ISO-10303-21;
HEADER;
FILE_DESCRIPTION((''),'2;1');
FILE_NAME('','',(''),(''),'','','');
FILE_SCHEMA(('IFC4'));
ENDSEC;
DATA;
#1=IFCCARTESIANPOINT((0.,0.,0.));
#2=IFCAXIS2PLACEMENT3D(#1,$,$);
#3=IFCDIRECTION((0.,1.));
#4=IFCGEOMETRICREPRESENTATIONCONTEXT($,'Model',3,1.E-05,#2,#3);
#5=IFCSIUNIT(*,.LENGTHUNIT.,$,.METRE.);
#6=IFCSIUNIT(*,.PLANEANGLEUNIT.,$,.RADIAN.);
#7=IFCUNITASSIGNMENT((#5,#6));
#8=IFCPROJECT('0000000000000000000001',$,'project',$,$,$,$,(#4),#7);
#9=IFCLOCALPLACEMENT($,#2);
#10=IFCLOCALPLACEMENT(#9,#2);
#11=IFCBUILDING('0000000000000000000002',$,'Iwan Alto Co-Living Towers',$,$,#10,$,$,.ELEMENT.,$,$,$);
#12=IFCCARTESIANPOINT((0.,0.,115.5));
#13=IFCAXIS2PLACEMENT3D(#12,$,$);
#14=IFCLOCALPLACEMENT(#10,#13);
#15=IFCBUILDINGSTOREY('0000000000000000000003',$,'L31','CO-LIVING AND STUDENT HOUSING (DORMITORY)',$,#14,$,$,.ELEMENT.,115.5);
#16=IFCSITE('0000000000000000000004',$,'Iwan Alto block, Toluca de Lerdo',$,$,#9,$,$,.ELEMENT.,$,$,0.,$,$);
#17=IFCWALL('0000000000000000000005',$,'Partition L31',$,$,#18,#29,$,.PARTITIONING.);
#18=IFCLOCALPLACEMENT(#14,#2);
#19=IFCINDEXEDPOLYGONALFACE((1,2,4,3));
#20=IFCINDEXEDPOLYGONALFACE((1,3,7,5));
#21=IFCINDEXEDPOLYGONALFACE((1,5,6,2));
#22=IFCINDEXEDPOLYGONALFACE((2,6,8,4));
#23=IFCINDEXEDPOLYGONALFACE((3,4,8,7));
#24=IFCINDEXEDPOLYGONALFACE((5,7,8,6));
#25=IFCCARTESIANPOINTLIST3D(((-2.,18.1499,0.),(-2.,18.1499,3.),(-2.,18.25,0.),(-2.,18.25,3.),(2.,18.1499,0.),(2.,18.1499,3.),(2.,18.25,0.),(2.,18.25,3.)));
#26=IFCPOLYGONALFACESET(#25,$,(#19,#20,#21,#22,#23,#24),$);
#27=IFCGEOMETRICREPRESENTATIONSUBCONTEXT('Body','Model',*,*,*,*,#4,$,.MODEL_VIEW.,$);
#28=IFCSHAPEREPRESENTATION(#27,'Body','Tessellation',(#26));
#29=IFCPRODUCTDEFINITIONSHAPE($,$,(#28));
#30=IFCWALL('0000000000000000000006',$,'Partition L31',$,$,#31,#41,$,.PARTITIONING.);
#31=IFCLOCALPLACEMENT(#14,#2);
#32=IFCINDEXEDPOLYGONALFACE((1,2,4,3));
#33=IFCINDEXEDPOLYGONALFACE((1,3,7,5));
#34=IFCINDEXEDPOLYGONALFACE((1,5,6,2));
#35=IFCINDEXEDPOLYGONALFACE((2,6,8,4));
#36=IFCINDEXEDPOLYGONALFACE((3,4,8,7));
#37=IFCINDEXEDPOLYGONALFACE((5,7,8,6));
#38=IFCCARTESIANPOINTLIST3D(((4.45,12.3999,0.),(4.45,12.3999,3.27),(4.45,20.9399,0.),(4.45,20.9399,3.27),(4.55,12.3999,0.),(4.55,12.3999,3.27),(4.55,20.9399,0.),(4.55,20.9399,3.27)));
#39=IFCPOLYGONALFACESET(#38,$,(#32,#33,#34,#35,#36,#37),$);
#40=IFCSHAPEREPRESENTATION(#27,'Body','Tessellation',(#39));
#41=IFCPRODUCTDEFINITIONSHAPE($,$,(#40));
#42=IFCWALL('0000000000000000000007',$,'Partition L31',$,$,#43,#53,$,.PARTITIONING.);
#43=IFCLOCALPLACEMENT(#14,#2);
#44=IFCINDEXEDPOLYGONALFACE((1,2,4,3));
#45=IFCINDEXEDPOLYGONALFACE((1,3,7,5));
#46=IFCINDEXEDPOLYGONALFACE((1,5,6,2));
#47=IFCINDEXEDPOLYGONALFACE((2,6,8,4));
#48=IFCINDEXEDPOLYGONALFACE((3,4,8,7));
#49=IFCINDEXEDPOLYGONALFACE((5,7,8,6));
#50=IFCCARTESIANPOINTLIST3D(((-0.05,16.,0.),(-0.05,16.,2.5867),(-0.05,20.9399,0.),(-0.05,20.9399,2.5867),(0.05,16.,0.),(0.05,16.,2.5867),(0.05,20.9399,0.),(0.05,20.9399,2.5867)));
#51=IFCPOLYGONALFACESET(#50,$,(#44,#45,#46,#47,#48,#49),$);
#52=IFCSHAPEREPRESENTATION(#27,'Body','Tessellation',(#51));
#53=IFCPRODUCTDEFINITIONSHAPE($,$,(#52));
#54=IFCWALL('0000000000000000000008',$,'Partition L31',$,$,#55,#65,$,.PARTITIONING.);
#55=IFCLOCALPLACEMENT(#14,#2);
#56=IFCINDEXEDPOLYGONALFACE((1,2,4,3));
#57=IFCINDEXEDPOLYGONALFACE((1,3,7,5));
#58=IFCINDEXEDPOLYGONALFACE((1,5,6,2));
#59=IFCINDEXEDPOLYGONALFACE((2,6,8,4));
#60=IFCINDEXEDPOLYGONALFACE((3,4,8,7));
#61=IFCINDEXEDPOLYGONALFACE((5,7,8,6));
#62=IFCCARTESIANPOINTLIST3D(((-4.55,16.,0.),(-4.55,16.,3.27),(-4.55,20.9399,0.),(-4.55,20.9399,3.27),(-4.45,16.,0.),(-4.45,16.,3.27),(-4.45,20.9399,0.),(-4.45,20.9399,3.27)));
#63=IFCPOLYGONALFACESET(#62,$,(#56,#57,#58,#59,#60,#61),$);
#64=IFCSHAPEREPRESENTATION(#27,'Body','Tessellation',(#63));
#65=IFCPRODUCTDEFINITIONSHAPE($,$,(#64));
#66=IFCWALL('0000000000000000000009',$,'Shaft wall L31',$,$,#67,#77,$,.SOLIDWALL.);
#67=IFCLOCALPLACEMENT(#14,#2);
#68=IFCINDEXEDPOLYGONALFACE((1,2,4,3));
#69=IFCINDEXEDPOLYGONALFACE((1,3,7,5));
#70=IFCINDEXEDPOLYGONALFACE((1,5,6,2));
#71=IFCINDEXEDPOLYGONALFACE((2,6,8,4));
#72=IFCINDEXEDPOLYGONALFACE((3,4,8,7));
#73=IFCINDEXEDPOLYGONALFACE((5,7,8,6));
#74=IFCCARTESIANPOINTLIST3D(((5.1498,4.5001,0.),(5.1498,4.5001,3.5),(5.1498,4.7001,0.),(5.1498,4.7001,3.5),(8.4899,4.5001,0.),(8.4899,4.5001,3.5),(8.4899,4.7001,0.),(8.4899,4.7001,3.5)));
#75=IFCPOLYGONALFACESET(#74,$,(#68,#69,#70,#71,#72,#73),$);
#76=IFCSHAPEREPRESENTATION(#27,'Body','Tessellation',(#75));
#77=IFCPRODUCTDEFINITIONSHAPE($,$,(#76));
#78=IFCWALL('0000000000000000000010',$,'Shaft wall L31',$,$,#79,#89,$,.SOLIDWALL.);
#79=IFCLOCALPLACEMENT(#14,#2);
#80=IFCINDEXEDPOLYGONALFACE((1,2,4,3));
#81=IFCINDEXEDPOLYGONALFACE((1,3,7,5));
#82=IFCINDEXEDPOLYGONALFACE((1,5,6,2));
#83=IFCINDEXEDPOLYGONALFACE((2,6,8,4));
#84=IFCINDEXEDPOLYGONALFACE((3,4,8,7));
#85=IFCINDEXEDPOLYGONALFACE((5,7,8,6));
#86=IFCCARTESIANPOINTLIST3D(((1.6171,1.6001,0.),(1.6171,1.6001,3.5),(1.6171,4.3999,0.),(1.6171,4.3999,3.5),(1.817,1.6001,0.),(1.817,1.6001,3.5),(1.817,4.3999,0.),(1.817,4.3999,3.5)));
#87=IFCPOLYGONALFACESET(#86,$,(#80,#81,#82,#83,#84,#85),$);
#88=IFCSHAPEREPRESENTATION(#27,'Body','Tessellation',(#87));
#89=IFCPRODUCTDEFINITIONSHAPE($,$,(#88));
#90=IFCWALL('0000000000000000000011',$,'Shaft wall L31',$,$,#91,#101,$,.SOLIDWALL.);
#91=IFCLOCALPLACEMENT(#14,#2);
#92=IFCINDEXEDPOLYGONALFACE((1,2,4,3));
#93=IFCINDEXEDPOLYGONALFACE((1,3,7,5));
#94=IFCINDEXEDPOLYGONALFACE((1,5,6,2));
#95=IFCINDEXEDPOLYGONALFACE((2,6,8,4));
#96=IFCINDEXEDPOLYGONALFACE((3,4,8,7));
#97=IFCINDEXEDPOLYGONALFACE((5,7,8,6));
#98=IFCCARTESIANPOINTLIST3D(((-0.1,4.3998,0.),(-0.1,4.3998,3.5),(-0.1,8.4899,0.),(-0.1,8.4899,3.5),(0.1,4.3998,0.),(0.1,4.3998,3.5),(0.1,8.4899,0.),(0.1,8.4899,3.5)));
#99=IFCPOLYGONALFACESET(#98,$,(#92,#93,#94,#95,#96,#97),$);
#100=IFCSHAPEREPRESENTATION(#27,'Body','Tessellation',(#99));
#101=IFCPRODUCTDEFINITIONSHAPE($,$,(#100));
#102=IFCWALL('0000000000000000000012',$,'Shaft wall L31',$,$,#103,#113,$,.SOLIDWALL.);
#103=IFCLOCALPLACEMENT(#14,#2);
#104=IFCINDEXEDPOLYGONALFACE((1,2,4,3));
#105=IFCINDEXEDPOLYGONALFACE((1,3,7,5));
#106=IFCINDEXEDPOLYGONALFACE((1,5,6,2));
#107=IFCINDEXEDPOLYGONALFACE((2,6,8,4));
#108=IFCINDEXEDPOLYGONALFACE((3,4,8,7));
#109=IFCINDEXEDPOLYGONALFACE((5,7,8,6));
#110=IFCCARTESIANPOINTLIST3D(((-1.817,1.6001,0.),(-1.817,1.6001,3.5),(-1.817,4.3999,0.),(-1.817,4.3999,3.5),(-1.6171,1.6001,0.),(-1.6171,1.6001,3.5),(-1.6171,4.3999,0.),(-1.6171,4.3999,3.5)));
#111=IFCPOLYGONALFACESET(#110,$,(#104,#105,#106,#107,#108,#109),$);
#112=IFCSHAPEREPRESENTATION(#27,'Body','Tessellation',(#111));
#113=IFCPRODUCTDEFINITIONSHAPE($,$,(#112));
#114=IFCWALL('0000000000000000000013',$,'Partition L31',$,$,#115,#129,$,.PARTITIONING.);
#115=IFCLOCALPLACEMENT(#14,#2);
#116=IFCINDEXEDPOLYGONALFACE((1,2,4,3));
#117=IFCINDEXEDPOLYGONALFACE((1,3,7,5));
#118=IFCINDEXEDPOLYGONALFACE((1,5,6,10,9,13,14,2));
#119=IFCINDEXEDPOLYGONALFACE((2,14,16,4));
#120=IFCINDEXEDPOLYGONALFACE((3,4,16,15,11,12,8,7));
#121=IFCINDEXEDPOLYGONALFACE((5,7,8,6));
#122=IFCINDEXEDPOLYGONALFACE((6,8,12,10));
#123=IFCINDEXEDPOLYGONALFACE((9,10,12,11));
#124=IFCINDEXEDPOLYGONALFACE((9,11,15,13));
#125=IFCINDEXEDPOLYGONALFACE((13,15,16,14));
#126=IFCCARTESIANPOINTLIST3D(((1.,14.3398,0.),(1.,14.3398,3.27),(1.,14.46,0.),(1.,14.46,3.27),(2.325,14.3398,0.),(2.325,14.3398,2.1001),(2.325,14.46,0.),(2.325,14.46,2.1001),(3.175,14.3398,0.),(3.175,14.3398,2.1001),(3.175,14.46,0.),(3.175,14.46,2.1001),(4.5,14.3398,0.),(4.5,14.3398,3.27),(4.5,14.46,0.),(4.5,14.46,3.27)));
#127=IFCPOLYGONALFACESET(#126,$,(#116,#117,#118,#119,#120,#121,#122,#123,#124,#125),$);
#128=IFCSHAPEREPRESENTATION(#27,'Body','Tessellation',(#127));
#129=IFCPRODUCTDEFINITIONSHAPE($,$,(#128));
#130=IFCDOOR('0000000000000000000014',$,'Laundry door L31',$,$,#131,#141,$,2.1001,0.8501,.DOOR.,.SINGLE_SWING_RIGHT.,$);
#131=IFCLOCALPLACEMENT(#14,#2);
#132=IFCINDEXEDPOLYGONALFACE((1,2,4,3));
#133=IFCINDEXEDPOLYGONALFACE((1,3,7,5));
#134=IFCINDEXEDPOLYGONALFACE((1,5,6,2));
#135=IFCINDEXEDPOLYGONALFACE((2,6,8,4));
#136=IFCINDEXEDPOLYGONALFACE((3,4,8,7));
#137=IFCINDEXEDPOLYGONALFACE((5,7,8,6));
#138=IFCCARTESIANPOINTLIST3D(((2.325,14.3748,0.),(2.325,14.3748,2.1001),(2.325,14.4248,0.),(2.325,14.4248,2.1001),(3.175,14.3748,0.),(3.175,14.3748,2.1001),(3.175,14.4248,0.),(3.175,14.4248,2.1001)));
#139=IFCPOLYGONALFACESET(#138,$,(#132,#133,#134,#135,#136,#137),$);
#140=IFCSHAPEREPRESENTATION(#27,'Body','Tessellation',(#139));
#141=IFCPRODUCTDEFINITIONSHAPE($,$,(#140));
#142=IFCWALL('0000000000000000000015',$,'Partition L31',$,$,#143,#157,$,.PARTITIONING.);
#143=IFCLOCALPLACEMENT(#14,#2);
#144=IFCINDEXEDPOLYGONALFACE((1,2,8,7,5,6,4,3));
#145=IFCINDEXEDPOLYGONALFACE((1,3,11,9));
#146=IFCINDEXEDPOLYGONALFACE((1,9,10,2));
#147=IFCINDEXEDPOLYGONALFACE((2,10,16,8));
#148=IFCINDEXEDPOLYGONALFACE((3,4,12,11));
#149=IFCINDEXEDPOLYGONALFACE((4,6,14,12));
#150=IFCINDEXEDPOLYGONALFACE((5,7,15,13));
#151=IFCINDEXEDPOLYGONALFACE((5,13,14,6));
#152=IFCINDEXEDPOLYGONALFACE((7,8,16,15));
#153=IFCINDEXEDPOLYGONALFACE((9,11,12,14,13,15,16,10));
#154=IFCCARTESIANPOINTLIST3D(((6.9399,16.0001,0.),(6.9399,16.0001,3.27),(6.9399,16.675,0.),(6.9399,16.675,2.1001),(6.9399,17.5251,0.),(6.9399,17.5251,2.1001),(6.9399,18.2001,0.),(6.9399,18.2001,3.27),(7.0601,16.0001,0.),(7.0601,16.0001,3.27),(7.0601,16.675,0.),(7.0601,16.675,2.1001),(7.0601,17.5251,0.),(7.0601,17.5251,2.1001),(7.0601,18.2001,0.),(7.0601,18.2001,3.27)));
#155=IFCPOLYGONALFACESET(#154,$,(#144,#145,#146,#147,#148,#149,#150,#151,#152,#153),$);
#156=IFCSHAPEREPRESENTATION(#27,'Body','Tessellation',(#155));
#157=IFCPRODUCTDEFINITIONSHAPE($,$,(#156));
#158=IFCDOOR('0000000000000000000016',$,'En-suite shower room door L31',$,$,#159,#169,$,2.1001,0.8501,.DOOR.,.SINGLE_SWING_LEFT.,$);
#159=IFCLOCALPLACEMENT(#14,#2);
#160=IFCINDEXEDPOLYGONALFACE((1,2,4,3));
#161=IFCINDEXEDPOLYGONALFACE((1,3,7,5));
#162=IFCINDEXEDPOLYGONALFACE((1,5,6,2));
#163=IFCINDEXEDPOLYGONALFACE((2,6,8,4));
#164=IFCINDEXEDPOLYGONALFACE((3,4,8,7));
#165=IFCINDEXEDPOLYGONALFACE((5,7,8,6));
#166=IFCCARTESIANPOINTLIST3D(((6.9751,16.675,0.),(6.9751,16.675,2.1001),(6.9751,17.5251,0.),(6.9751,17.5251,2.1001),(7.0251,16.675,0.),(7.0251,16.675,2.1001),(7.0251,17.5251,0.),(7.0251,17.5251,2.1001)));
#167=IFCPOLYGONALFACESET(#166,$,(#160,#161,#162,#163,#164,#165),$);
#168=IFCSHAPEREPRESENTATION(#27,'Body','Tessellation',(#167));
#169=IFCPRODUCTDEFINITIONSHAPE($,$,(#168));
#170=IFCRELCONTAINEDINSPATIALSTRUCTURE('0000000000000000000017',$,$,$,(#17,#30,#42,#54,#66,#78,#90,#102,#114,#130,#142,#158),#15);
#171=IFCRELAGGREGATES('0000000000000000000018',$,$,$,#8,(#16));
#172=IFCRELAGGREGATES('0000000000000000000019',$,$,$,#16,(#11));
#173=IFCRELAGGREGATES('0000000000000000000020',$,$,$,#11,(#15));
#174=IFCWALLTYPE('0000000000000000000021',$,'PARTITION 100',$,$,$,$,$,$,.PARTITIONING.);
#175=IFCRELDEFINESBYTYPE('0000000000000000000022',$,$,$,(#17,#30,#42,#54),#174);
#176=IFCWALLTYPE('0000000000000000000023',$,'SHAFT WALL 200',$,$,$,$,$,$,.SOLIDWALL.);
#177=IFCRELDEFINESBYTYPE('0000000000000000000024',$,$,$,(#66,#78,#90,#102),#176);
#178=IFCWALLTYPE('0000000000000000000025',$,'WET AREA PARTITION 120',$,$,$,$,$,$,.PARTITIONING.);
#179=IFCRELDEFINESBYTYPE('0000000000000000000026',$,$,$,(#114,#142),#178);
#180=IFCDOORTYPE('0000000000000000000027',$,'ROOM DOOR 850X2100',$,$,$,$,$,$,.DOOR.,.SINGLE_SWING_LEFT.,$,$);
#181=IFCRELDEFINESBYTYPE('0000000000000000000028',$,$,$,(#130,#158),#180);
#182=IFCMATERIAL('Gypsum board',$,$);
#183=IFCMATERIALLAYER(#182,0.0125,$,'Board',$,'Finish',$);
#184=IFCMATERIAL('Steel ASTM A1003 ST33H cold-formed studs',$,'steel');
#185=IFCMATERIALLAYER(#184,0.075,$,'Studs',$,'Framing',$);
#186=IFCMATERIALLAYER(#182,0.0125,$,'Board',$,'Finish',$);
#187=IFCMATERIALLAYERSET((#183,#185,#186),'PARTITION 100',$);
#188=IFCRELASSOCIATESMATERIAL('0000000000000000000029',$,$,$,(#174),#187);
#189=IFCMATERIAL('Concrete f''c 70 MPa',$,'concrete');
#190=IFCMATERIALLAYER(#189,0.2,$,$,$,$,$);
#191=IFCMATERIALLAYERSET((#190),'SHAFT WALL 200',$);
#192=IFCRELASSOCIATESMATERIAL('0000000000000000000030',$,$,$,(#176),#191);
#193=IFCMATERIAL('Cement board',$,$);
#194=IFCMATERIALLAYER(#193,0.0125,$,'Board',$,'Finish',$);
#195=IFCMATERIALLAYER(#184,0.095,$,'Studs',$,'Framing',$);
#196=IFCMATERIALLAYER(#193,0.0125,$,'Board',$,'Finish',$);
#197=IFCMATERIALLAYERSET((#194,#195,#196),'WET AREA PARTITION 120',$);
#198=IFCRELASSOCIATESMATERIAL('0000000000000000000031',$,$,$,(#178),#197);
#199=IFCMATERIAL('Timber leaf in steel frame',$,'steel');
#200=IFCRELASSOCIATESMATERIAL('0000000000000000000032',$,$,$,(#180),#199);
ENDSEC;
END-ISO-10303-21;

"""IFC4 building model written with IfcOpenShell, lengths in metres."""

from ifc_helpers import new_model, si_unit, direction, frame, frame_2d, origin, place, context, subcontext, project, spatial, rectangle, extrude, material, layer, layer_set, type_object, element, fill, save


model = new_model("IFC4")

# Units and contexts
model_context = context("Model", 3, precision=1e-05, world=origin(), true_north=direction((0.0, 1.0)))
body_context = subcontext(model_context, "Body", "Model", "MODEL_VIEW")
ifc_project = project(units=[si_unit("LENGTHUNIT", "METRE"), si_unit("PLANEANGLEUNIT", "RADIAN")], contexts=[model_context])

# Site, building, storey
site_placement = place(None, origin())
site = spatial("IfcSite", under=ifc_project, at=site_placement, Name="Iwan Alto block, Toluca de Lerdo", CompositionType="ELEMENT", RefElevation=0.0)
building_placement = place(site_placement, origin())
building = spatial("IfcBuilding", under=site, at=building_placement, Name="Iwan Alto Co-Living Towers", CompositionType="ELEMENT")
storey_placement = place(building_placement, frame((0.0, 0.0, 115.5)))
storey = spatial("IfcBuildingStorey", under=building, at=storey_placement, Name="L31", Description="CO-LIVING AND STUDENT HOUSING (DORMITORY)", CompositionType="ELEMENT", Elevation=115.5)

# Walls
ifc_material_1 = material(Name="Gypsum board")
ifc_layer_1 = layer(ifc_material_1, 0.0125, Name="Board", Category="Finish")
ifc_material_2 = material(Name="Steel ASTM A1003 ST33H cold-formed studs", Category="steel")
ifc_layer_2 = layer(ifc_material_2, 0.075, Name="Studs", Category="Framing")
ifc_layer_3 = layer(ifc_material_1, 0.0125, Name="Board", Category="Finish")
ifc_layer_set_1 = layer_set([ifc_layer_1, ifc_layer_2, ifc_layer_3], Name="PARTITION 100")
wall_type_1 = type_object("IfcWallType", Name="PARTITION 100", PredefinedType="PARTITIONING", material=ifc_layer_set_1)
wall_1_placement = place(storey_placement, frame((-2.0, 18.2, 0.0), z_axis=(0.0, 0.0, 1.0), x_axis=(1.0, 0.0, 0.0)))
element("IfcWall", 1, at=wall_1_placement, inside=storey, type_object=wall_type_1, Name="Partition L31", PredefinedType="PARTITIONING", context=body_context, shape_type="SweptSolid", body=[
    extrude(rectangle(XDim=4.0, YDim=0.1001, at=frame_2d((2.0, 0.0))), origin(), (0.0, 0.0, 1.0), 3.0),
])
wall_2_placement = place(storey_placement, frame((4.5, 12.3999, 0.0), z_axis=(0.0, 0.0, 1.0), x_axis=(0.0, 1.0, 0.0)))
element("IfcWall", 2, at=wall_2_placement, inside=storey, type_object=wall_type_1, Name="Partition L31", PredefinedType="PARTITIONING", context=body_context, shape_type="SweptSolid", body=[
    extrude(rectangle(XDim=8.54, YDim=0.1001, at=frame_2d((4.27, 0.0))), origin(), (0.0, 0.0, 1.0), 3.27),
])
wall_3_placement = place(storey_placement, frame((0.0, 16.0, 0.0), z_axis=(0.0, 0.0, 1.0), x_axis=(0.0, 1.0, 0.0)))
element("IfcWall", 3, at=wall_3_placement, inside=storey, type_object=wall_type_1, Name="Partition L31", PredefinedType="PARTITIONING", context=body_context, shape_type="SweptSolid", body=[
    extrude(rectangle(XDim=4.9399, YDim=0.1001, at=frame_2d((2.47, 0.0))), origin(), (0.0, 0.0, 1.0), 2.5867),
])
wall_4_placement = place(storey_placement, frame((-4.5, 16.0, 0.0), z_axis=(0.0, 0.0, 1.0), x_axis=(0.0, 1.0, 0.0)))
element("IfcWall", 4, at=wall_4_placement, inside=storey, type_object=wall_type_1, Name="Partition L31", PredefinedType="PARTITIONING", context=body_context, shape_type="SweptSolid", body=[
    extrude(rectangle(XDim=4.9399, YDim=0.1001, at=frame_2d((2.47, 0.0))), origin(), (0.0, 0.0, 1.0), 3.27),
])
ifc_material_3 = material(Name="Concrete f'c 70 MPa", Category="concrete")
ifc_layer_4 = layer(ifc_material_3, 0.2)
ifc_layer_set_2 = layer_set([ifc_layer_4], Name="SHAFT WALL 200")
wall_type_2 = type_object("IfcWallType", Name="SHAFT WALL 200", PredefinedType="SOLIDWALL", material=ifc_layer_set_2)
wall_5_placement = place(storey_placement, frame((5.1499, 4.6001, 0.0), z_axis=(0.0, 0.0, 1.0), x_axis=(1.0, 0.0, 0.0)))
element("IfcWall", 5, at=wall_5_placement, inside=storey, type_object=wall_type_2, Name="Shaft wall L31", PredefinedType="SOLIDWALL", context=body_context, shape_type="SweptSolid", body=[
    extrude(rectangle(XDim=3.3401, YDim=0.2, at=frame_2d((1.6699, 0.0))), origin(), (0.0, 0.0, 1.0), 3.5),
])
wall_6_placement = place(storey_placement, frame((1.717, 1.6001, 0.0), z_axis=(0.0, 0.0, 1.0), x_axis=(0.0, 1.0, 0.0)))
element("IfcWall", 6, at=wall_6_placement, inside=storey, type_object=wall_type_2, Name="Shaft wall L31", PredefinedType="SOLIDWALL", context=body_context, shape_type="SweptSolid", body=[
    extrude(rectangle(XDim=2.7998, YDim=0.2, at=frame_2d((1.3999, 0.0))), origin(), (0.0, 0.0, 1.0), 3.5),
])
wall_7_placement = place(storey_placement, frame((0.0, 4.3999, 0.0), z_axis=(0.0, 0.0, 1.0), x_axis=(0.0, 1.0, 0.0)))
element("IfcWall", 7, at=wall_7_placement, inside=storey, type_object=wall_type_2, Name="Shaft wall L31", PredefinedType="SOLIDWALL", context=body_context, shape_type="SweptSolid", body=[
    extrude(rectangle(XDim=4.0901, YDim=0.2, at=frame_2d((2.0449, 0.0))), origin(), (0.0, 0.0, 1.0), 3.5),
])
wall_8_placement = place(storey_placement, frame((-1.717, 1.6001, 0.0), z_axis=(0.0, 0.0, 1.0), x_axis=(0.0, 1.0, 0.0)))
element("IfcWall", 8, at=wall_8_placement, inside=storey, type_object=wall_type_2, Name="Shaft wall L31", PredefinedType="SOLIDWALL", context=body_context, shape_type="SweptSolid", body=[
    extrude(rectangle(XDim=2.7998, YDim=0.2, at=frame_2d((1.3999, 0.0))), origin(), (0.0, 0.0, 1.0), 3.5),
])

# Walls, openings, doors
ifc_material_4 = material(Name="Cement board")
ifc_layer_5 = layer(ifc_material_4, 0.0125, Name="Board", Category="Finish")
ifc_layer_6 = layer(ifc_material_2, 0.095, Name="Studs", Category="Framing")
ifc_layer_7 = layer(ifc_material_4, 0.0125, Name="Board", Category="Finish")
ifc_layer_set_3 = layer_set([ifc_layer_5, ifc_layer_6, ifc_layer_7], Name="WET AREA PARTITION 120")
wall_type_3 = type_object("IfcWallType", Name="WET AREA PARTITION 120", PredefinedType="PARTITIONING", material=ifc_layer_set_3)
wall_9_placement = place(storey_placement, frame((1.0, 14.3999, 0.0), z_axis=(0.0, 0.0, 1.0), x_axis=(1.0, 0.0, 0.0)))
wall_9 = element("IfcWall", 9, at=wall_9_placement, inside=storey, type_object=wall_type_3, Name="Partition L31", PredefinedType="PARTITIONING", context=body_context, shape_type="SweptSolid", body=[
    extrude(rectangle(XDim=3.5, YDim=0.1201, at=frame_2d((1.75, 0.0))), origin(), (0.0, 0.0, 1.0), 3.27),
])
opening_1_placement = place(wall_9_placement, frame((1.325, 0.0, 0.0)))
opening_1 = element("IfcOpeningElement", 10, at=opening_1_placement, cuts=wall_9, PredefinedType="OPENING", context=body_context, shape_type="SweptSolid", body=[
    extrude(rectangle(XDim=0.8501, YDim=2.1001, at=frame_2d((0.425, 1.05))), frame((0.0, 0.0701, 0.0), z_axis=(0.0, -1.0, 0.0), x_axis=(1.0, 0.0, 0.0)), (0.0, 0.0, 1.0), 0.1401),
])
ifc_material_5 = material(Name="Timber leaf in steel frame", Category="steel")
door_type = type_object("IfcDoorType", Name="ROOM DOOR 850X2100", OperationType="SINGLE_SWING_LEFT", PredefinedType="DOOR", material=ifc_material_5)
door_1_placement = place(opening_1_placement, origin())
door_1 = element("IfcDoor", 11, at=door_1_placement, inside=storey, type_object=door_type, Name="Laundry door L31", OperationType="SINGLE_SWING_RIGHT", OverallHeight=2.1001, OverallWidth=0.8501, PredefinedType="DOOR", context=body_context, shape_type="SweptSolid", body=[
    extrude(rectangle(XDim=0.8501, YDim=2.1001, at=frame_2d((0.425, 1.05))), frame((0.0, 0.0249, 0.0), z_axis=(0.0, -1.0, 0.0), x_axis=(1.0, 0.0, 0.0)), (0.0, 0.0, 1.0), 0.05),
])
fill(opening_1, door_1)
wall_10_placement = place(storey_placement, frame((7.0, 16.0, 0.0), z_axis=(0.0, 0.0, 1.0), x_axis=(0.0, 1.0, 0.0)))
wall_10 = element("IfcWall", 12, at=wall_10_placement, inside=storey, type_object=wall_type_3, Name="Partition L31", PredefinedType="PARTITIONING", context=body_context, shape_type="SweptSolid", body=[
    extrude(rectangle(XDim=2.2, YDim=0.1201, at=frame_2d((1.1001, 0.0))), origin(), (0.0, 0.0, 1.0), 3.27),
])
opening_2_placement = place(wall_10_placement, frame((0.675, 0.0, 0.0)))
opening_2 = element("IfcOpeningElement", 13, at=opening_2_placement, cuts=wall_10, PredefinedType="OPENING", context=body_context, shape_type="SweptSolid", body=[
    extrude(rectangle(XDim=0.8501, YDim=2.1001, at=frame_2d((0.425, 1.05))), frame((0.0, 0.0701, 0.0), z_axis=(0.0, -1.0, 0.0), x_axis=(1.0, 0.0, 0.0)), (0.0, 0.0, 1.0), 0.1401),
])
door_2_placement = place(opening_2_placement, origin())
door_2 = element("IfcDoor", 14, at=door_2_placement, inside=storey, type_object=door_type, Name="En-suite shower room door L31", OperationType="SINGLE_SWING_LEFT", OverallHeight=2.1001, OverallWidth=0.8501, PredefinedType="DOOR", context=body_context, shape_type="SweptSolid", body=[
    extrude(rectangle(XDim=0.8501, YDim=2.1001, at=frame_2d((0.425, 1.05))), frame((0.0, 0.0249, 0.0), z_axis=(0.0, -1.0, 0.0), x_axis=(1.0, 0.0, 0.0)), (0.0, 0.0, 1.0), 0.05),
])
fill(opening_2, door_2)

save(model, "model.ifc")
